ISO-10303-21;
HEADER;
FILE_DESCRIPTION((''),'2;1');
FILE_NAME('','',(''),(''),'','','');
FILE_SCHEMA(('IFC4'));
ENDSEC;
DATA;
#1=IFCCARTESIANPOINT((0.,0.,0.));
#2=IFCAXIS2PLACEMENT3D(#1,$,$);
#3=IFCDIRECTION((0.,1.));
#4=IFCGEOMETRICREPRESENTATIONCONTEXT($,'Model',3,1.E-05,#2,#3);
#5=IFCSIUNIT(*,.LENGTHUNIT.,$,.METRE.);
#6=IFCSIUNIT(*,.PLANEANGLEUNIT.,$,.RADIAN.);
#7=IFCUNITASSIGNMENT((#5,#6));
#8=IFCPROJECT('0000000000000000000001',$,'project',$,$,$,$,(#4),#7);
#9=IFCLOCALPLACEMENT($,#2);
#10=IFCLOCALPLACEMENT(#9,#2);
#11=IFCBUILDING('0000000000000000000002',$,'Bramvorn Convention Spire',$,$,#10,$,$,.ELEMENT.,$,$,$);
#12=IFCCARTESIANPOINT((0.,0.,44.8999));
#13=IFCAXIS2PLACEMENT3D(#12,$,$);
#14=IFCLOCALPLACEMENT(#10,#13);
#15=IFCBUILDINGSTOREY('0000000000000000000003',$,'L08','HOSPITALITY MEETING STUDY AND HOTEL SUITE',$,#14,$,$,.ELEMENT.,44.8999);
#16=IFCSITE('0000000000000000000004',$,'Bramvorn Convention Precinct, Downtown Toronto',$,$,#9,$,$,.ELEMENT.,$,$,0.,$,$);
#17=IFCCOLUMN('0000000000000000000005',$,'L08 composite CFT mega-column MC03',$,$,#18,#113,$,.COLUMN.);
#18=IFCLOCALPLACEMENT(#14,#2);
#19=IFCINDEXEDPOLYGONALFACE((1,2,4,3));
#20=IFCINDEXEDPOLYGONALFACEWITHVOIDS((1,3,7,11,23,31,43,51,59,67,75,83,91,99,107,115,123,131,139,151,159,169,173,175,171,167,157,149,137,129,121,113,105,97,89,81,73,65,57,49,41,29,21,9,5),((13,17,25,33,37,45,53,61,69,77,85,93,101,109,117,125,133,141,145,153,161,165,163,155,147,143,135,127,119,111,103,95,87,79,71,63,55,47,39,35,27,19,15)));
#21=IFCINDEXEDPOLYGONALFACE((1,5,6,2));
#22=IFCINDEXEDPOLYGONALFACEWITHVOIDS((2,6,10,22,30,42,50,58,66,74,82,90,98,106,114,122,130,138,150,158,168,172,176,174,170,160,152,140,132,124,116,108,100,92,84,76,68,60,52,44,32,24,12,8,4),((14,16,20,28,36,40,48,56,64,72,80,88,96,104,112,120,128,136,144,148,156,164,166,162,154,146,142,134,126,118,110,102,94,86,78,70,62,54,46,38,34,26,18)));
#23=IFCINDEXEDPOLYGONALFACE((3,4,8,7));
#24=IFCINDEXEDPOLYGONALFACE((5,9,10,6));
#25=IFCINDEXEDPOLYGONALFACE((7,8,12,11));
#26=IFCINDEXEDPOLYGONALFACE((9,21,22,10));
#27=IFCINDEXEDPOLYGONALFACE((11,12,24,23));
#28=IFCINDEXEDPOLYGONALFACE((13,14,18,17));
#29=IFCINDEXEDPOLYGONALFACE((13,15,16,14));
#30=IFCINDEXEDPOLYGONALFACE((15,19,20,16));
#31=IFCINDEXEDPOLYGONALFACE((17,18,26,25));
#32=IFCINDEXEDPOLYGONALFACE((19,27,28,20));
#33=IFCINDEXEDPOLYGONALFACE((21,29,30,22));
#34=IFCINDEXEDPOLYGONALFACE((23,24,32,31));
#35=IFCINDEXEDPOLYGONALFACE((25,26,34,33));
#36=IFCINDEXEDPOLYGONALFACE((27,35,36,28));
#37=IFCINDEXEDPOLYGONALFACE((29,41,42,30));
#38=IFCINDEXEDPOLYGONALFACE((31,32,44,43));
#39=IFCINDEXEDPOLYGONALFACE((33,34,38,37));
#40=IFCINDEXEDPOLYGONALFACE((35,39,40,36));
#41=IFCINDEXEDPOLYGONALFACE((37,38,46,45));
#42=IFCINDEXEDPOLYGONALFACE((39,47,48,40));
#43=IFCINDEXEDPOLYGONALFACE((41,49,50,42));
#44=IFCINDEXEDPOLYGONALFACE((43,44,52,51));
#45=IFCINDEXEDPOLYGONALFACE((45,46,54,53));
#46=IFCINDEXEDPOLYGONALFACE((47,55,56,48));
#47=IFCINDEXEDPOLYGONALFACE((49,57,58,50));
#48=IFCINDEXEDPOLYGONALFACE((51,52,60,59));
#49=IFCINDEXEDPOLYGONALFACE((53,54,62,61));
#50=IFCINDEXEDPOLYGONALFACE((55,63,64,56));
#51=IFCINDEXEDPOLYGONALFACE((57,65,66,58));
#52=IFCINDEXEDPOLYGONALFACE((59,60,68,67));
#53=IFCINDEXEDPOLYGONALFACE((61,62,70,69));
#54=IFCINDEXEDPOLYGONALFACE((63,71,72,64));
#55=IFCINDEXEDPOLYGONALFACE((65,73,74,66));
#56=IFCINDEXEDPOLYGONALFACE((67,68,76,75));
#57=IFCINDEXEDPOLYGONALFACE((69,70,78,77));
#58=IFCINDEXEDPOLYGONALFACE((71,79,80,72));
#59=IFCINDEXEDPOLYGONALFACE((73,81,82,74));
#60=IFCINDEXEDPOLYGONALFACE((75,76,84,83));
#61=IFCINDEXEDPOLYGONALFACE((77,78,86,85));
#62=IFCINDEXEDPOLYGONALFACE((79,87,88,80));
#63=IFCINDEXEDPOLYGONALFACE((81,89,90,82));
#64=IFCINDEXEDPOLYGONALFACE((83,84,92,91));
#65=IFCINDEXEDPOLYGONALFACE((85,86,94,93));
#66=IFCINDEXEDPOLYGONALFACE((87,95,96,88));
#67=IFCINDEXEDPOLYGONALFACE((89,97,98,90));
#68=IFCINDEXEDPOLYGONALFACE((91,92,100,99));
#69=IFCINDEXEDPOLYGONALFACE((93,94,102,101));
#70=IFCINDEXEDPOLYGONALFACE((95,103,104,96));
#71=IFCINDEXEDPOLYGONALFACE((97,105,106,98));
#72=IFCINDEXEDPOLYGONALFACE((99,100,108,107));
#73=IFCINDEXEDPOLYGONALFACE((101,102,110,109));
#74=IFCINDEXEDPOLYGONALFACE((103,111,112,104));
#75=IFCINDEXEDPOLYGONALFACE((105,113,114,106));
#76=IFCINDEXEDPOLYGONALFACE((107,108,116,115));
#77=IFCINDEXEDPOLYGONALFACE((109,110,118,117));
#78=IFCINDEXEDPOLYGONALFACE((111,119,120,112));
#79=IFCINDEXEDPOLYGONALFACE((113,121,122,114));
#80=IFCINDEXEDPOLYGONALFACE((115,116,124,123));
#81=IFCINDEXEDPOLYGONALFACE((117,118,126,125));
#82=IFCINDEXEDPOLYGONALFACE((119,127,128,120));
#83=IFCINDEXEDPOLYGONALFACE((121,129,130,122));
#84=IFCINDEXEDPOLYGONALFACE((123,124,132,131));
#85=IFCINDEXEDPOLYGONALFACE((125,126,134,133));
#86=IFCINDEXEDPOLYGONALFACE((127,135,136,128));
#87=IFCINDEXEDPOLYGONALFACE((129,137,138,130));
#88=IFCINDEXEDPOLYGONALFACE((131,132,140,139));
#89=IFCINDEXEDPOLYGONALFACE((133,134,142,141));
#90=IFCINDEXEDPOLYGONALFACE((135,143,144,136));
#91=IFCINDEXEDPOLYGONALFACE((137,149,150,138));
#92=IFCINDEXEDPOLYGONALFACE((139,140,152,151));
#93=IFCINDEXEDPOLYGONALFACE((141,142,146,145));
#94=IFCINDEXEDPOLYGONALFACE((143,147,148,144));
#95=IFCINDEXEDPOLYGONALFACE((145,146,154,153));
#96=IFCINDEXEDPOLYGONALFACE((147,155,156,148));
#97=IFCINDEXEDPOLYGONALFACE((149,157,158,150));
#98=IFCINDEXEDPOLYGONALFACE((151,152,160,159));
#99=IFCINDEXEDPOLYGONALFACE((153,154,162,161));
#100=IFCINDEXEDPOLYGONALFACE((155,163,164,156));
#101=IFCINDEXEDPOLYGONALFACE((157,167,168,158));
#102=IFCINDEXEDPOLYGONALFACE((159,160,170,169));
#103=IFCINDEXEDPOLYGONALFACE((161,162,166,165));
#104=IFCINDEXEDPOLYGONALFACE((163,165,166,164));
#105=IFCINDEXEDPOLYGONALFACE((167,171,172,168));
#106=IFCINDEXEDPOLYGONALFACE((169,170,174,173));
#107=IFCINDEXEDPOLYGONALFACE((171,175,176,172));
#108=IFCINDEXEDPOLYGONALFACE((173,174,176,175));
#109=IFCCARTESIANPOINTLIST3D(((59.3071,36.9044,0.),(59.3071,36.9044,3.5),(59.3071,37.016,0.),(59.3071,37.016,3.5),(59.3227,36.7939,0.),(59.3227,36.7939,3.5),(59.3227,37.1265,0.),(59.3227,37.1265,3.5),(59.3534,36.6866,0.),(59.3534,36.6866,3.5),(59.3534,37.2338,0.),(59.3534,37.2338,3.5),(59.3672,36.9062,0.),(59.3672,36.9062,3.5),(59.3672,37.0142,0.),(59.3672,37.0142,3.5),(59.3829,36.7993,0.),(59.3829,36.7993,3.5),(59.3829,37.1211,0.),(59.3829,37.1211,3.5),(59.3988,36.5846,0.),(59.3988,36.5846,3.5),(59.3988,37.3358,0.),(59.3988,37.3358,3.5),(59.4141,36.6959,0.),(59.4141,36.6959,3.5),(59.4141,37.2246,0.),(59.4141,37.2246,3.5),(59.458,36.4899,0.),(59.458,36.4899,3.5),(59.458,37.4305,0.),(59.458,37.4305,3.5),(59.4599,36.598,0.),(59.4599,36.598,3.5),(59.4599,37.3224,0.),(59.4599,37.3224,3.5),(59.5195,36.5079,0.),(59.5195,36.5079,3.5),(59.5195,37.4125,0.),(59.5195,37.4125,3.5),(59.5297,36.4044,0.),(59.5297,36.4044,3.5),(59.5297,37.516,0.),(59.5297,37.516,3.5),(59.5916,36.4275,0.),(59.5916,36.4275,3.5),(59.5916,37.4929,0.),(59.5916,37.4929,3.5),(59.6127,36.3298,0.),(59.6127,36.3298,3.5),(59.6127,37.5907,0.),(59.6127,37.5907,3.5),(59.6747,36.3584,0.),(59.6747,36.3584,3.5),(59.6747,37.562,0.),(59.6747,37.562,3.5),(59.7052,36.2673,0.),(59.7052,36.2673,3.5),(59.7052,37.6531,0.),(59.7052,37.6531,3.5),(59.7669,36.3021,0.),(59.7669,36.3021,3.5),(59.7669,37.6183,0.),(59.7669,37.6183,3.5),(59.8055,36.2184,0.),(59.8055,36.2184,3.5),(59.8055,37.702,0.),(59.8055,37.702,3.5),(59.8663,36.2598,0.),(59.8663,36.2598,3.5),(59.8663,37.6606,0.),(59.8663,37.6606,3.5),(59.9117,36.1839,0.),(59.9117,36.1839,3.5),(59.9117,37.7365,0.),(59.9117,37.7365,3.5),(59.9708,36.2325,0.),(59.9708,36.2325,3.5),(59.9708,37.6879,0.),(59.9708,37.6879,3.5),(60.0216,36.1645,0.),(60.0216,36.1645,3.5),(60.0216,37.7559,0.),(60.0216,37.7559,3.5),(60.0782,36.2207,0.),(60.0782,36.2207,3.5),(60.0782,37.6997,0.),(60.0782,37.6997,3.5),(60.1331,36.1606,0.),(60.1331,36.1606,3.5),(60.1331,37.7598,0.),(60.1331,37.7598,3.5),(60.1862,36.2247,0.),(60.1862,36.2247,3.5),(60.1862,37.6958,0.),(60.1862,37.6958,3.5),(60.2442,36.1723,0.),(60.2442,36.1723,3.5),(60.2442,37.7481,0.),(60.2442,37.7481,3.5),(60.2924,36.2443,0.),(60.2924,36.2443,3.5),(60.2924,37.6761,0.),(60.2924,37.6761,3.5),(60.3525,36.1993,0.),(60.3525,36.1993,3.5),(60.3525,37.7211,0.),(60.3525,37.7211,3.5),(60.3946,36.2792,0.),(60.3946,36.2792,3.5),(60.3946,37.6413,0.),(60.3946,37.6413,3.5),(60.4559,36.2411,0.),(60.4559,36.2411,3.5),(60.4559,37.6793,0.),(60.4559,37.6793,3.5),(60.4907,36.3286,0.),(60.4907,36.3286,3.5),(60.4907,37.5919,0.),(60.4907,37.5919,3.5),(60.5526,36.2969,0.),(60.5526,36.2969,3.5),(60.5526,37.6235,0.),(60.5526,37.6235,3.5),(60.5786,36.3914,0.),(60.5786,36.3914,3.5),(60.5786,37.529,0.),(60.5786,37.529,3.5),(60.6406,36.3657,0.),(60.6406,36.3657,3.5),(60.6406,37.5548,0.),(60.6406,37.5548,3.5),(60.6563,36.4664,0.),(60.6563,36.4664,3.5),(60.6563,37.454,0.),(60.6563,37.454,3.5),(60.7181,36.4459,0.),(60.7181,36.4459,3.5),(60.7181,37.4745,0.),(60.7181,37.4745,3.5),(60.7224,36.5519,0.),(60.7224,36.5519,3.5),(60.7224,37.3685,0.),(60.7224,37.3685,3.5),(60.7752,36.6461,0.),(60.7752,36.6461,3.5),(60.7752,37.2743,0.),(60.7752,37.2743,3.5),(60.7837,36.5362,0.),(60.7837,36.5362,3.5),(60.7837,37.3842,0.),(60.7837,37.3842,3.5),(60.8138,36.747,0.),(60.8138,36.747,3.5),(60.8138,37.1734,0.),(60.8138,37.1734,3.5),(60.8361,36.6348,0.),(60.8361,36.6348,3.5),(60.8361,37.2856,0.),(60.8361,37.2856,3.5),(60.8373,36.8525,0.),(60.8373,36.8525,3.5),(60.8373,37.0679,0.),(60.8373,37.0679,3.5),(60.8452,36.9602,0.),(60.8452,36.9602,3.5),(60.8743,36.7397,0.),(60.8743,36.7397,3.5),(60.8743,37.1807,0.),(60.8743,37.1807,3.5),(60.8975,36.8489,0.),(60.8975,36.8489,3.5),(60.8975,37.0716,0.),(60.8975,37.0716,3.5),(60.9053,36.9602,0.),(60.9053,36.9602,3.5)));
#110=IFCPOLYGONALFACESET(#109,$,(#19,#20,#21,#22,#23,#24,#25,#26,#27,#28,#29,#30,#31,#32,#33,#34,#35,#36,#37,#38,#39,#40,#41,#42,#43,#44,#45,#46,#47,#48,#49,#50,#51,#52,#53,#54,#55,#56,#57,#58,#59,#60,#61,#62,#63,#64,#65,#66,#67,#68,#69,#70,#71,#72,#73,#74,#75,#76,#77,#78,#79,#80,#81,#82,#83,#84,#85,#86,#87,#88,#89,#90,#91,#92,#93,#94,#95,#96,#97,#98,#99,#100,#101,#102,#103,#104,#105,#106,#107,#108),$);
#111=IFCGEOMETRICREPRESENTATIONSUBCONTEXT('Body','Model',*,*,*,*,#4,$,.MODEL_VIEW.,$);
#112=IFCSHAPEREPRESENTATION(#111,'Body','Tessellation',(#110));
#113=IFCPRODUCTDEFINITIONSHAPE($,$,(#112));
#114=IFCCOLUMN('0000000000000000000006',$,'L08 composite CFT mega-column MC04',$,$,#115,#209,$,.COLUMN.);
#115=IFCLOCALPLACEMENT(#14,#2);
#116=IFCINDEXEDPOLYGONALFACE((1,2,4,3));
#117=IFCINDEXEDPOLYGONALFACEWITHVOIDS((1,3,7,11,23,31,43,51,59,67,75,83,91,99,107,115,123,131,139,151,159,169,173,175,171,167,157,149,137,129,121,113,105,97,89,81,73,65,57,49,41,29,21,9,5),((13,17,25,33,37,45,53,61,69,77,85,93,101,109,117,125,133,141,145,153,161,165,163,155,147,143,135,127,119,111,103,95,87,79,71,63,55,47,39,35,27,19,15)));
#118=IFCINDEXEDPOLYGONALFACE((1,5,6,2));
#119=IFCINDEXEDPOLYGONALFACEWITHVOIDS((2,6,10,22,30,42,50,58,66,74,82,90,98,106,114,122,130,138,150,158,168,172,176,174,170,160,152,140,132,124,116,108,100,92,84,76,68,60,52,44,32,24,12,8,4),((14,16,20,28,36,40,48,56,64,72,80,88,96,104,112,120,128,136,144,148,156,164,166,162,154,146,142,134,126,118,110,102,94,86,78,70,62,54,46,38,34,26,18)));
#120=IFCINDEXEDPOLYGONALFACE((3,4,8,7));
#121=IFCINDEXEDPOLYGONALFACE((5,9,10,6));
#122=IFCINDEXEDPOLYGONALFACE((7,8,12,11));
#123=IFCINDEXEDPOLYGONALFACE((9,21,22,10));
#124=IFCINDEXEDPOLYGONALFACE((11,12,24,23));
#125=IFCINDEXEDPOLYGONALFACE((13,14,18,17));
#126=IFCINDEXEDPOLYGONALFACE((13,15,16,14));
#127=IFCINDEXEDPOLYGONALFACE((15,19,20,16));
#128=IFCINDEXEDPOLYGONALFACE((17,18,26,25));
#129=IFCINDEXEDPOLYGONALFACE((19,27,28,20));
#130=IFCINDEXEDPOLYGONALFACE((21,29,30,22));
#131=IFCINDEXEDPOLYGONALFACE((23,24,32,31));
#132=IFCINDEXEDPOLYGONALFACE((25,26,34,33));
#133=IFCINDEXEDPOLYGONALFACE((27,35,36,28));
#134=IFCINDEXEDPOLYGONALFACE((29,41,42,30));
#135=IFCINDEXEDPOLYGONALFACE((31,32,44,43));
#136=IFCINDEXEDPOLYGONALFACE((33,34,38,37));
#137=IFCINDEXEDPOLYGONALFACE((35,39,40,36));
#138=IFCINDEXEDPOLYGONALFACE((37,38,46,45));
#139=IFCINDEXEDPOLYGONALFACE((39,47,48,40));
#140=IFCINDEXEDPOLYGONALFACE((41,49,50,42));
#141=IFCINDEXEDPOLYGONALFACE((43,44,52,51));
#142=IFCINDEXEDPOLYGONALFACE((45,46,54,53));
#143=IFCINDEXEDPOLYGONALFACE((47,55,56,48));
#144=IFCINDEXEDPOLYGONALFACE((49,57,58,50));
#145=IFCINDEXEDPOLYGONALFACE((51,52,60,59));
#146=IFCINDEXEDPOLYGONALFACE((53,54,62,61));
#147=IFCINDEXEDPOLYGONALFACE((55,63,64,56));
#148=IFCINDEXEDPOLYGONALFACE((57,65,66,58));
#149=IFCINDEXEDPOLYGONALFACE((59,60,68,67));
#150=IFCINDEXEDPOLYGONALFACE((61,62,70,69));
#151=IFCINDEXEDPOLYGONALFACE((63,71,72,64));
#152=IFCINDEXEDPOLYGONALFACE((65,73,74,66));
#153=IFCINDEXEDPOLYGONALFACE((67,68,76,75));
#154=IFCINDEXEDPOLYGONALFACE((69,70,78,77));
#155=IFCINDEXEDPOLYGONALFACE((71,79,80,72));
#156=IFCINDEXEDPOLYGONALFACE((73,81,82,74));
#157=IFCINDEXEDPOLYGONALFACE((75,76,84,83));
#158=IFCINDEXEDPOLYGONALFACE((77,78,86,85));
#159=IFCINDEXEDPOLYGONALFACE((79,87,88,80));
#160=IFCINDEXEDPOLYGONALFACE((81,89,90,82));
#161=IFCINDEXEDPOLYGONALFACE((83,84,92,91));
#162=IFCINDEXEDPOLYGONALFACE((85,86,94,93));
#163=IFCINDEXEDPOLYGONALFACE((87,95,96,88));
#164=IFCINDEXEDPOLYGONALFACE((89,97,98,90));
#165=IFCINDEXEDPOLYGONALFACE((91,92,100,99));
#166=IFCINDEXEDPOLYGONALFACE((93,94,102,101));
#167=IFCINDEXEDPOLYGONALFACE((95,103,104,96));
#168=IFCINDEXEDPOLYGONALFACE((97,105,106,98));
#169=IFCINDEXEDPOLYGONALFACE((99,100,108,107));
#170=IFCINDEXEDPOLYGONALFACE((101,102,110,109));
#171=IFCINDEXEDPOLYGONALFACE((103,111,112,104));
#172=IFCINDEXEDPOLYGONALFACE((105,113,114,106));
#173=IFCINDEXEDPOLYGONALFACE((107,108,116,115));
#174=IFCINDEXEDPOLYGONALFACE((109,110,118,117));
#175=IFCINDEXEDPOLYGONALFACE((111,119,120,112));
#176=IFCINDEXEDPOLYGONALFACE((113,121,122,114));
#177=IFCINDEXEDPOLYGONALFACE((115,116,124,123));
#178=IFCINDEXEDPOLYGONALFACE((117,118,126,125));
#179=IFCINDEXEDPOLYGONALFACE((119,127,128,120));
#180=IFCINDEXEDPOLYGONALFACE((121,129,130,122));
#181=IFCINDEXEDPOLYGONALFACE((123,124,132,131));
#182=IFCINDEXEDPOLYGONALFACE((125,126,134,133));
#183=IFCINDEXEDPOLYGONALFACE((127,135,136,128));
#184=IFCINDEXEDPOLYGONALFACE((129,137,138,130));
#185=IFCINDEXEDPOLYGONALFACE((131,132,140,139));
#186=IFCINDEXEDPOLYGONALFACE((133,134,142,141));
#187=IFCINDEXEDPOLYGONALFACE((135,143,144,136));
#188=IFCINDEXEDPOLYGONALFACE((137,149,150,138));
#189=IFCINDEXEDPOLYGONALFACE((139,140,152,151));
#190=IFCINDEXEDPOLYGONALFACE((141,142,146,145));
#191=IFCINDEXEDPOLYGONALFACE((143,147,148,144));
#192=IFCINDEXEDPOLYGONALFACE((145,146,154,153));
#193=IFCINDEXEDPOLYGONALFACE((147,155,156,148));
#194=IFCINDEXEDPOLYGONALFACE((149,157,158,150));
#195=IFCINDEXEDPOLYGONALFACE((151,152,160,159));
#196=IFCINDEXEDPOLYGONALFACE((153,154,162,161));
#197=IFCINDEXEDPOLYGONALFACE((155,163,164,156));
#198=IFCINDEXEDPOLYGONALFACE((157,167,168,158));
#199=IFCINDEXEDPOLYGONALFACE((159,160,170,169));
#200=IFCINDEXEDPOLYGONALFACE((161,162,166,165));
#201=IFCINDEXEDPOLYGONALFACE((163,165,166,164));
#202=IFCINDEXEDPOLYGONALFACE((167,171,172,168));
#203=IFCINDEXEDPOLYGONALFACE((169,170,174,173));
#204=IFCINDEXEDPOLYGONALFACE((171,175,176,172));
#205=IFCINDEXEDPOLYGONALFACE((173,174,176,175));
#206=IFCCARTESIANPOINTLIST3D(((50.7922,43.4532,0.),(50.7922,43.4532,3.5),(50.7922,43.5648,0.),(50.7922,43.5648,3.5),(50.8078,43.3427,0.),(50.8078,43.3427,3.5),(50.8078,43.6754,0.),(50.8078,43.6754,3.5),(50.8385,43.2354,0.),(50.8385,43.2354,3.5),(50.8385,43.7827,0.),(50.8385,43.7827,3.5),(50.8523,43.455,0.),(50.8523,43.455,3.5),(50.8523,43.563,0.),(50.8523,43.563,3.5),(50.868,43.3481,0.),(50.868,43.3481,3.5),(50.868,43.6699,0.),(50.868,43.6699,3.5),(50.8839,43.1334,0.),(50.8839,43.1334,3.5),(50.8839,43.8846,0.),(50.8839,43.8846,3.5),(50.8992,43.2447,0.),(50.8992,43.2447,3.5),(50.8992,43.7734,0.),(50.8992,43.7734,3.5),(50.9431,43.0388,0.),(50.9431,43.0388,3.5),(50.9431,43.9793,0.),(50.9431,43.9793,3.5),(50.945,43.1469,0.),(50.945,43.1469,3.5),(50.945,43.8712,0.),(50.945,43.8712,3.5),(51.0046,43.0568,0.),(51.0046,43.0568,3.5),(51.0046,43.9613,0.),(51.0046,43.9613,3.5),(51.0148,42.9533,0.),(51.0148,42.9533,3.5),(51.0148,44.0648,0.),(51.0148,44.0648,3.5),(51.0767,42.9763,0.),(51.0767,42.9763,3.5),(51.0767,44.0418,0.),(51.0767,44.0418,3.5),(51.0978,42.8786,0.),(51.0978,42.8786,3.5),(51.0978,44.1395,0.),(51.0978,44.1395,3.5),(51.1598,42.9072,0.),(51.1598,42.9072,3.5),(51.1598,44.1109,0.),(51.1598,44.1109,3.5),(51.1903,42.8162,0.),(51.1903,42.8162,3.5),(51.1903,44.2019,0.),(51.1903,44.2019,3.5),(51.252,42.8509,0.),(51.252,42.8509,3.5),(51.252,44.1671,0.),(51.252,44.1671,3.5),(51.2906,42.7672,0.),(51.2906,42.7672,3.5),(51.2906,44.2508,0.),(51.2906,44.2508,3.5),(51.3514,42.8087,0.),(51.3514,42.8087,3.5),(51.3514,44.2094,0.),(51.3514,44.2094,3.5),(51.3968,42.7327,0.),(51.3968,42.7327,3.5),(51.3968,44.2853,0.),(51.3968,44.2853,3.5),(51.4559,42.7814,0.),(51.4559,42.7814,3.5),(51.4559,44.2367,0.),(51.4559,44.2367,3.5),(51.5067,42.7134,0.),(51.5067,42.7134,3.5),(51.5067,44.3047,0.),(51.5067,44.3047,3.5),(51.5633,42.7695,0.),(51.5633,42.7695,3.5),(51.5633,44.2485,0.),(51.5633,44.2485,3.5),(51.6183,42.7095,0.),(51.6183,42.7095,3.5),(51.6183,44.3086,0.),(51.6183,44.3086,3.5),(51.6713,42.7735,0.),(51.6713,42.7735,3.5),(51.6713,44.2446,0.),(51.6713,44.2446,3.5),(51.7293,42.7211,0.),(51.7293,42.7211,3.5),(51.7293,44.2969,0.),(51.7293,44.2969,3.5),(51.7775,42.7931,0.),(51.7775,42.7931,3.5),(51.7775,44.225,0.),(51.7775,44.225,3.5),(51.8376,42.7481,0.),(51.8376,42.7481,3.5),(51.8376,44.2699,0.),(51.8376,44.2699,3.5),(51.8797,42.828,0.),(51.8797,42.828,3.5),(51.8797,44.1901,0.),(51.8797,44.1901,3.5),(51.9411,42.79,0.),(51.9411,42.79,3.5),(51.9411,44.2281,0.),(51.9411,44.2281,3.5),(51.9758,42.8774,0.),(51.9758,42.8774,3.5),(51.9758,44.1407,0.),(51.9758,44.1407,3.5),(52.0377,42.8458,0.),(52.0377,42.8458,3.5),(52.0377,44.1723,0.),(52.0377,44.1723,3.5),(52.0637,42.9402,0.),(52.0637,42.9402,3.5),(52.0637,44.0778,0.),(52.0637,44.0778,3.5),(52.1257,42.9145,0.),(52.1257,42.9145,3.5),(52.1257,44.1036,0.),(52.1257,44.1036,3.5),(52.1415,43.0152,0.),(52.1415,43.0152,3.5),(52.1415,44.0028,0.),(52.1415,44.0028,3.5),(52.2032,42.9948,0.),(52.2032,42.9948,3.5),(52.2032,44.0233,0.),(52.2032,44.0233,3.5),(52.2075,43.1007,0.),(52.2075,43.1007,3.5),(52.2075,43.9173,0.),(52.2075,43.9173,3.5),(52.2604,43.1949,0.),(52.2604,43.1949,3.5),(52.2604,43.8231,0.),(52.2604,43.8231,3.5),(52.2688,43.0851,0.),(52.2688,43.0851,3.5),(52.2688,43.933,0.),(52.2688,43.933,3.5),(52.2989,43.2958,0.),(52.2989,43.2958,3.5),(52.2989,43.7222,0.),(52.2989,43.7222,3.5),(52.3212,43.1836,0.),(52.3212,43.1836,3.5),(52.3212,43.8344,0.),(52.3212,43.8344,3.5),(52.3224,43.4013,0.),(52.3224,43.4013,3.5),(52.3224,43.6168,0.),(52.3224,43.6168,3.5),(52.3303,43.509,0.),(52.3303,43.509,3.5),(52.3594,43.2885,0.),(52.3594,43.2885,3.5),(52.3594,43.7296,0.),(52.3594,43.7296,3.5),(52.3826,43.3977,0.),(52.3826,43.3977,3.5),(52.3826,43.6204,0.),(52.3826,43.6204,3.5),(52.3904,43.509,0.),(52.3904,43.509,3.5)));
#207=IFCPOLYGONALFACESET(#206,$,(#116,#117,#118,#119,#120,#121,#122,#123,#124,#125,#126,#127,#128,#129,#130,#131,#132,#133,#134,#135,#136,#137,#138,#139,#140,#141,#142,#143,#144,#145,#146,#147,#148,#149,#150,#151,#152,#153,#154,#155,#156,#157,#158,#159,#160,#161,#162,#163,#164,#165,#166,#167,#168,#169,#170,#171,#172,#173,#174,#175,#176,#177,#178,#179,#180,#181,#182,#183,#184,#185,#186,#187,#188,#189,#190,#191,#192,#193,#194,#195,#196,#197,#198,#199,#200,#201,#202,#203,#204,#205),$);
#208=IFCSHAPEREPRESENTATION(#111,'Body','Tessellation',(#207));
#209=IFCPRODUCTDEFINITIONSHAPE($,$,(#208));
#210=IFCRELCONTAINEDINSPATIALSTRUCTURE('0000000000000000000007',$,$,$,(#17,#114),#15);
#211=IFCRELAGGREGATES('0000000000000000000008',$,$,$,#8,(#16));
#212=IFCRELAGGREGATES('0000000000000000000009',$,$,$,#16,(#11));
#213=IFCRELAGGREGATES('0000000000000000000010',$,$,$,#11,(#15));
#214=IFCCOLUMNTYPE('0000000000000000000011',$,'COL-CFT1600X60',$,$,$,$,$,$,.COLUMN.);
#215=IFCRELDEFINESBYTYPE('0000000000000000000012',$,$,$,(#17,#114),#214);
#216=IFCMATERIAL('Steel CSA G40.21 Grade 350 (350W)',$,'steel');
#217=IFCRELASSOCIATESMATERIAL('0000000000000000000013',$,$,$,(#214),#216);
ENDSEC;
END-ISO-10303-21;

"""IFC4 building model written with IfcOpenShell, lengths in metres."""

from ifc_helpers import new_model, si_unit, direction, frame, origin, origin_2d, place, context, subcontext, project, spatial, hollow_circle, extrude, material, material_profile, profile_set, type_object, element, save


model = new_model("IFC4")

# Units and contexts
model_context = context("Model", 3, precision=1e-05, world=origin(), true_north=direction((0.0, 1.0)))
body_context = subcontext(model_context, "Body", "Model", "MODEL_VIEW")
ifc_project = project(units=[si_unit("LENGTHUNIT", "METRE"), si_unit("PLANEANGLEUNIT", "RADIAN")], contexts=[model_context])

# Site, building, storey
site_placement = place(None, origin())
site = spatial("IfcSite", under=ifc_project, at=site_placement, Name="Bramvorn Convention Precinct, Downtown Toronto", CompositionType="ELEMENT", RefElevation=0.0)
building_placement = place(site_placement, origin())
building = spatial("IfcBuilding", under=site, at=building_placement, Name="Bramvorn Convention Spire", CompositionType="ELEMENT")
storey_placement = place(building_placement, frame((0.0, 0.0, 44.8999)))
storey = spatial("IfcBuildingStorey", under=building, at=storey_placement, Name="L08", Description="HOSPITALITY MEETING STUDY AND HOTEL SUITE", CompositionType="ELEMENT", Elevation=44.8999)

# Columns
ifc_material_1 = material(Name="Steel CSA G40.21 Grade 350 (350W)", Category="steel")
ifc_material_profile_1 = material_profile(ifc_material_1, hollow_circle(Radius=0.8, WallThickness=0.0601, at=origin_2d()))
ifc_profile_set_1 = profile_set([ifc_material_profile_1], Name="Steel CSA G40.21 Grade 350 (350W) - CFT1600X60")
column_type = type_object("IfcColumnType", Name="COL-CFT1600X60", PredefinedType="COLUMN", material=ifc_profile_set_1)
for number, where, z_axis, x_axis, name in (
    (1, (60.1052, 36.9602, 0.0), (0.0, 0.0, 1.0), (1.0, 0.0, 0.0), "L08 composite CFT mega-column MC03"),
    (2, (51.5903, 43.509, 0.0), (0.0, 0.0, 1.0), (1.0, 0.0, 0.0), "L08 composite CFT mega-column MC04"),
):
    element("IfcColumn", number, at=place(storey_placement, frame(where, z_axis=z_axis, x_axis=x_axis)), inside=storey, type_object=column_type, Name=name, PredefinedType="COLUMN", context=body_context, shape_type="SweptSolid", body=[
        extrude(hollow_circle(Radius=0.8, WallThickness=0.0601, at=origin_2d()), origin(), (0.0, 0.0, 1.0), 3.5),
    ])

save(model, "model.ifc")
